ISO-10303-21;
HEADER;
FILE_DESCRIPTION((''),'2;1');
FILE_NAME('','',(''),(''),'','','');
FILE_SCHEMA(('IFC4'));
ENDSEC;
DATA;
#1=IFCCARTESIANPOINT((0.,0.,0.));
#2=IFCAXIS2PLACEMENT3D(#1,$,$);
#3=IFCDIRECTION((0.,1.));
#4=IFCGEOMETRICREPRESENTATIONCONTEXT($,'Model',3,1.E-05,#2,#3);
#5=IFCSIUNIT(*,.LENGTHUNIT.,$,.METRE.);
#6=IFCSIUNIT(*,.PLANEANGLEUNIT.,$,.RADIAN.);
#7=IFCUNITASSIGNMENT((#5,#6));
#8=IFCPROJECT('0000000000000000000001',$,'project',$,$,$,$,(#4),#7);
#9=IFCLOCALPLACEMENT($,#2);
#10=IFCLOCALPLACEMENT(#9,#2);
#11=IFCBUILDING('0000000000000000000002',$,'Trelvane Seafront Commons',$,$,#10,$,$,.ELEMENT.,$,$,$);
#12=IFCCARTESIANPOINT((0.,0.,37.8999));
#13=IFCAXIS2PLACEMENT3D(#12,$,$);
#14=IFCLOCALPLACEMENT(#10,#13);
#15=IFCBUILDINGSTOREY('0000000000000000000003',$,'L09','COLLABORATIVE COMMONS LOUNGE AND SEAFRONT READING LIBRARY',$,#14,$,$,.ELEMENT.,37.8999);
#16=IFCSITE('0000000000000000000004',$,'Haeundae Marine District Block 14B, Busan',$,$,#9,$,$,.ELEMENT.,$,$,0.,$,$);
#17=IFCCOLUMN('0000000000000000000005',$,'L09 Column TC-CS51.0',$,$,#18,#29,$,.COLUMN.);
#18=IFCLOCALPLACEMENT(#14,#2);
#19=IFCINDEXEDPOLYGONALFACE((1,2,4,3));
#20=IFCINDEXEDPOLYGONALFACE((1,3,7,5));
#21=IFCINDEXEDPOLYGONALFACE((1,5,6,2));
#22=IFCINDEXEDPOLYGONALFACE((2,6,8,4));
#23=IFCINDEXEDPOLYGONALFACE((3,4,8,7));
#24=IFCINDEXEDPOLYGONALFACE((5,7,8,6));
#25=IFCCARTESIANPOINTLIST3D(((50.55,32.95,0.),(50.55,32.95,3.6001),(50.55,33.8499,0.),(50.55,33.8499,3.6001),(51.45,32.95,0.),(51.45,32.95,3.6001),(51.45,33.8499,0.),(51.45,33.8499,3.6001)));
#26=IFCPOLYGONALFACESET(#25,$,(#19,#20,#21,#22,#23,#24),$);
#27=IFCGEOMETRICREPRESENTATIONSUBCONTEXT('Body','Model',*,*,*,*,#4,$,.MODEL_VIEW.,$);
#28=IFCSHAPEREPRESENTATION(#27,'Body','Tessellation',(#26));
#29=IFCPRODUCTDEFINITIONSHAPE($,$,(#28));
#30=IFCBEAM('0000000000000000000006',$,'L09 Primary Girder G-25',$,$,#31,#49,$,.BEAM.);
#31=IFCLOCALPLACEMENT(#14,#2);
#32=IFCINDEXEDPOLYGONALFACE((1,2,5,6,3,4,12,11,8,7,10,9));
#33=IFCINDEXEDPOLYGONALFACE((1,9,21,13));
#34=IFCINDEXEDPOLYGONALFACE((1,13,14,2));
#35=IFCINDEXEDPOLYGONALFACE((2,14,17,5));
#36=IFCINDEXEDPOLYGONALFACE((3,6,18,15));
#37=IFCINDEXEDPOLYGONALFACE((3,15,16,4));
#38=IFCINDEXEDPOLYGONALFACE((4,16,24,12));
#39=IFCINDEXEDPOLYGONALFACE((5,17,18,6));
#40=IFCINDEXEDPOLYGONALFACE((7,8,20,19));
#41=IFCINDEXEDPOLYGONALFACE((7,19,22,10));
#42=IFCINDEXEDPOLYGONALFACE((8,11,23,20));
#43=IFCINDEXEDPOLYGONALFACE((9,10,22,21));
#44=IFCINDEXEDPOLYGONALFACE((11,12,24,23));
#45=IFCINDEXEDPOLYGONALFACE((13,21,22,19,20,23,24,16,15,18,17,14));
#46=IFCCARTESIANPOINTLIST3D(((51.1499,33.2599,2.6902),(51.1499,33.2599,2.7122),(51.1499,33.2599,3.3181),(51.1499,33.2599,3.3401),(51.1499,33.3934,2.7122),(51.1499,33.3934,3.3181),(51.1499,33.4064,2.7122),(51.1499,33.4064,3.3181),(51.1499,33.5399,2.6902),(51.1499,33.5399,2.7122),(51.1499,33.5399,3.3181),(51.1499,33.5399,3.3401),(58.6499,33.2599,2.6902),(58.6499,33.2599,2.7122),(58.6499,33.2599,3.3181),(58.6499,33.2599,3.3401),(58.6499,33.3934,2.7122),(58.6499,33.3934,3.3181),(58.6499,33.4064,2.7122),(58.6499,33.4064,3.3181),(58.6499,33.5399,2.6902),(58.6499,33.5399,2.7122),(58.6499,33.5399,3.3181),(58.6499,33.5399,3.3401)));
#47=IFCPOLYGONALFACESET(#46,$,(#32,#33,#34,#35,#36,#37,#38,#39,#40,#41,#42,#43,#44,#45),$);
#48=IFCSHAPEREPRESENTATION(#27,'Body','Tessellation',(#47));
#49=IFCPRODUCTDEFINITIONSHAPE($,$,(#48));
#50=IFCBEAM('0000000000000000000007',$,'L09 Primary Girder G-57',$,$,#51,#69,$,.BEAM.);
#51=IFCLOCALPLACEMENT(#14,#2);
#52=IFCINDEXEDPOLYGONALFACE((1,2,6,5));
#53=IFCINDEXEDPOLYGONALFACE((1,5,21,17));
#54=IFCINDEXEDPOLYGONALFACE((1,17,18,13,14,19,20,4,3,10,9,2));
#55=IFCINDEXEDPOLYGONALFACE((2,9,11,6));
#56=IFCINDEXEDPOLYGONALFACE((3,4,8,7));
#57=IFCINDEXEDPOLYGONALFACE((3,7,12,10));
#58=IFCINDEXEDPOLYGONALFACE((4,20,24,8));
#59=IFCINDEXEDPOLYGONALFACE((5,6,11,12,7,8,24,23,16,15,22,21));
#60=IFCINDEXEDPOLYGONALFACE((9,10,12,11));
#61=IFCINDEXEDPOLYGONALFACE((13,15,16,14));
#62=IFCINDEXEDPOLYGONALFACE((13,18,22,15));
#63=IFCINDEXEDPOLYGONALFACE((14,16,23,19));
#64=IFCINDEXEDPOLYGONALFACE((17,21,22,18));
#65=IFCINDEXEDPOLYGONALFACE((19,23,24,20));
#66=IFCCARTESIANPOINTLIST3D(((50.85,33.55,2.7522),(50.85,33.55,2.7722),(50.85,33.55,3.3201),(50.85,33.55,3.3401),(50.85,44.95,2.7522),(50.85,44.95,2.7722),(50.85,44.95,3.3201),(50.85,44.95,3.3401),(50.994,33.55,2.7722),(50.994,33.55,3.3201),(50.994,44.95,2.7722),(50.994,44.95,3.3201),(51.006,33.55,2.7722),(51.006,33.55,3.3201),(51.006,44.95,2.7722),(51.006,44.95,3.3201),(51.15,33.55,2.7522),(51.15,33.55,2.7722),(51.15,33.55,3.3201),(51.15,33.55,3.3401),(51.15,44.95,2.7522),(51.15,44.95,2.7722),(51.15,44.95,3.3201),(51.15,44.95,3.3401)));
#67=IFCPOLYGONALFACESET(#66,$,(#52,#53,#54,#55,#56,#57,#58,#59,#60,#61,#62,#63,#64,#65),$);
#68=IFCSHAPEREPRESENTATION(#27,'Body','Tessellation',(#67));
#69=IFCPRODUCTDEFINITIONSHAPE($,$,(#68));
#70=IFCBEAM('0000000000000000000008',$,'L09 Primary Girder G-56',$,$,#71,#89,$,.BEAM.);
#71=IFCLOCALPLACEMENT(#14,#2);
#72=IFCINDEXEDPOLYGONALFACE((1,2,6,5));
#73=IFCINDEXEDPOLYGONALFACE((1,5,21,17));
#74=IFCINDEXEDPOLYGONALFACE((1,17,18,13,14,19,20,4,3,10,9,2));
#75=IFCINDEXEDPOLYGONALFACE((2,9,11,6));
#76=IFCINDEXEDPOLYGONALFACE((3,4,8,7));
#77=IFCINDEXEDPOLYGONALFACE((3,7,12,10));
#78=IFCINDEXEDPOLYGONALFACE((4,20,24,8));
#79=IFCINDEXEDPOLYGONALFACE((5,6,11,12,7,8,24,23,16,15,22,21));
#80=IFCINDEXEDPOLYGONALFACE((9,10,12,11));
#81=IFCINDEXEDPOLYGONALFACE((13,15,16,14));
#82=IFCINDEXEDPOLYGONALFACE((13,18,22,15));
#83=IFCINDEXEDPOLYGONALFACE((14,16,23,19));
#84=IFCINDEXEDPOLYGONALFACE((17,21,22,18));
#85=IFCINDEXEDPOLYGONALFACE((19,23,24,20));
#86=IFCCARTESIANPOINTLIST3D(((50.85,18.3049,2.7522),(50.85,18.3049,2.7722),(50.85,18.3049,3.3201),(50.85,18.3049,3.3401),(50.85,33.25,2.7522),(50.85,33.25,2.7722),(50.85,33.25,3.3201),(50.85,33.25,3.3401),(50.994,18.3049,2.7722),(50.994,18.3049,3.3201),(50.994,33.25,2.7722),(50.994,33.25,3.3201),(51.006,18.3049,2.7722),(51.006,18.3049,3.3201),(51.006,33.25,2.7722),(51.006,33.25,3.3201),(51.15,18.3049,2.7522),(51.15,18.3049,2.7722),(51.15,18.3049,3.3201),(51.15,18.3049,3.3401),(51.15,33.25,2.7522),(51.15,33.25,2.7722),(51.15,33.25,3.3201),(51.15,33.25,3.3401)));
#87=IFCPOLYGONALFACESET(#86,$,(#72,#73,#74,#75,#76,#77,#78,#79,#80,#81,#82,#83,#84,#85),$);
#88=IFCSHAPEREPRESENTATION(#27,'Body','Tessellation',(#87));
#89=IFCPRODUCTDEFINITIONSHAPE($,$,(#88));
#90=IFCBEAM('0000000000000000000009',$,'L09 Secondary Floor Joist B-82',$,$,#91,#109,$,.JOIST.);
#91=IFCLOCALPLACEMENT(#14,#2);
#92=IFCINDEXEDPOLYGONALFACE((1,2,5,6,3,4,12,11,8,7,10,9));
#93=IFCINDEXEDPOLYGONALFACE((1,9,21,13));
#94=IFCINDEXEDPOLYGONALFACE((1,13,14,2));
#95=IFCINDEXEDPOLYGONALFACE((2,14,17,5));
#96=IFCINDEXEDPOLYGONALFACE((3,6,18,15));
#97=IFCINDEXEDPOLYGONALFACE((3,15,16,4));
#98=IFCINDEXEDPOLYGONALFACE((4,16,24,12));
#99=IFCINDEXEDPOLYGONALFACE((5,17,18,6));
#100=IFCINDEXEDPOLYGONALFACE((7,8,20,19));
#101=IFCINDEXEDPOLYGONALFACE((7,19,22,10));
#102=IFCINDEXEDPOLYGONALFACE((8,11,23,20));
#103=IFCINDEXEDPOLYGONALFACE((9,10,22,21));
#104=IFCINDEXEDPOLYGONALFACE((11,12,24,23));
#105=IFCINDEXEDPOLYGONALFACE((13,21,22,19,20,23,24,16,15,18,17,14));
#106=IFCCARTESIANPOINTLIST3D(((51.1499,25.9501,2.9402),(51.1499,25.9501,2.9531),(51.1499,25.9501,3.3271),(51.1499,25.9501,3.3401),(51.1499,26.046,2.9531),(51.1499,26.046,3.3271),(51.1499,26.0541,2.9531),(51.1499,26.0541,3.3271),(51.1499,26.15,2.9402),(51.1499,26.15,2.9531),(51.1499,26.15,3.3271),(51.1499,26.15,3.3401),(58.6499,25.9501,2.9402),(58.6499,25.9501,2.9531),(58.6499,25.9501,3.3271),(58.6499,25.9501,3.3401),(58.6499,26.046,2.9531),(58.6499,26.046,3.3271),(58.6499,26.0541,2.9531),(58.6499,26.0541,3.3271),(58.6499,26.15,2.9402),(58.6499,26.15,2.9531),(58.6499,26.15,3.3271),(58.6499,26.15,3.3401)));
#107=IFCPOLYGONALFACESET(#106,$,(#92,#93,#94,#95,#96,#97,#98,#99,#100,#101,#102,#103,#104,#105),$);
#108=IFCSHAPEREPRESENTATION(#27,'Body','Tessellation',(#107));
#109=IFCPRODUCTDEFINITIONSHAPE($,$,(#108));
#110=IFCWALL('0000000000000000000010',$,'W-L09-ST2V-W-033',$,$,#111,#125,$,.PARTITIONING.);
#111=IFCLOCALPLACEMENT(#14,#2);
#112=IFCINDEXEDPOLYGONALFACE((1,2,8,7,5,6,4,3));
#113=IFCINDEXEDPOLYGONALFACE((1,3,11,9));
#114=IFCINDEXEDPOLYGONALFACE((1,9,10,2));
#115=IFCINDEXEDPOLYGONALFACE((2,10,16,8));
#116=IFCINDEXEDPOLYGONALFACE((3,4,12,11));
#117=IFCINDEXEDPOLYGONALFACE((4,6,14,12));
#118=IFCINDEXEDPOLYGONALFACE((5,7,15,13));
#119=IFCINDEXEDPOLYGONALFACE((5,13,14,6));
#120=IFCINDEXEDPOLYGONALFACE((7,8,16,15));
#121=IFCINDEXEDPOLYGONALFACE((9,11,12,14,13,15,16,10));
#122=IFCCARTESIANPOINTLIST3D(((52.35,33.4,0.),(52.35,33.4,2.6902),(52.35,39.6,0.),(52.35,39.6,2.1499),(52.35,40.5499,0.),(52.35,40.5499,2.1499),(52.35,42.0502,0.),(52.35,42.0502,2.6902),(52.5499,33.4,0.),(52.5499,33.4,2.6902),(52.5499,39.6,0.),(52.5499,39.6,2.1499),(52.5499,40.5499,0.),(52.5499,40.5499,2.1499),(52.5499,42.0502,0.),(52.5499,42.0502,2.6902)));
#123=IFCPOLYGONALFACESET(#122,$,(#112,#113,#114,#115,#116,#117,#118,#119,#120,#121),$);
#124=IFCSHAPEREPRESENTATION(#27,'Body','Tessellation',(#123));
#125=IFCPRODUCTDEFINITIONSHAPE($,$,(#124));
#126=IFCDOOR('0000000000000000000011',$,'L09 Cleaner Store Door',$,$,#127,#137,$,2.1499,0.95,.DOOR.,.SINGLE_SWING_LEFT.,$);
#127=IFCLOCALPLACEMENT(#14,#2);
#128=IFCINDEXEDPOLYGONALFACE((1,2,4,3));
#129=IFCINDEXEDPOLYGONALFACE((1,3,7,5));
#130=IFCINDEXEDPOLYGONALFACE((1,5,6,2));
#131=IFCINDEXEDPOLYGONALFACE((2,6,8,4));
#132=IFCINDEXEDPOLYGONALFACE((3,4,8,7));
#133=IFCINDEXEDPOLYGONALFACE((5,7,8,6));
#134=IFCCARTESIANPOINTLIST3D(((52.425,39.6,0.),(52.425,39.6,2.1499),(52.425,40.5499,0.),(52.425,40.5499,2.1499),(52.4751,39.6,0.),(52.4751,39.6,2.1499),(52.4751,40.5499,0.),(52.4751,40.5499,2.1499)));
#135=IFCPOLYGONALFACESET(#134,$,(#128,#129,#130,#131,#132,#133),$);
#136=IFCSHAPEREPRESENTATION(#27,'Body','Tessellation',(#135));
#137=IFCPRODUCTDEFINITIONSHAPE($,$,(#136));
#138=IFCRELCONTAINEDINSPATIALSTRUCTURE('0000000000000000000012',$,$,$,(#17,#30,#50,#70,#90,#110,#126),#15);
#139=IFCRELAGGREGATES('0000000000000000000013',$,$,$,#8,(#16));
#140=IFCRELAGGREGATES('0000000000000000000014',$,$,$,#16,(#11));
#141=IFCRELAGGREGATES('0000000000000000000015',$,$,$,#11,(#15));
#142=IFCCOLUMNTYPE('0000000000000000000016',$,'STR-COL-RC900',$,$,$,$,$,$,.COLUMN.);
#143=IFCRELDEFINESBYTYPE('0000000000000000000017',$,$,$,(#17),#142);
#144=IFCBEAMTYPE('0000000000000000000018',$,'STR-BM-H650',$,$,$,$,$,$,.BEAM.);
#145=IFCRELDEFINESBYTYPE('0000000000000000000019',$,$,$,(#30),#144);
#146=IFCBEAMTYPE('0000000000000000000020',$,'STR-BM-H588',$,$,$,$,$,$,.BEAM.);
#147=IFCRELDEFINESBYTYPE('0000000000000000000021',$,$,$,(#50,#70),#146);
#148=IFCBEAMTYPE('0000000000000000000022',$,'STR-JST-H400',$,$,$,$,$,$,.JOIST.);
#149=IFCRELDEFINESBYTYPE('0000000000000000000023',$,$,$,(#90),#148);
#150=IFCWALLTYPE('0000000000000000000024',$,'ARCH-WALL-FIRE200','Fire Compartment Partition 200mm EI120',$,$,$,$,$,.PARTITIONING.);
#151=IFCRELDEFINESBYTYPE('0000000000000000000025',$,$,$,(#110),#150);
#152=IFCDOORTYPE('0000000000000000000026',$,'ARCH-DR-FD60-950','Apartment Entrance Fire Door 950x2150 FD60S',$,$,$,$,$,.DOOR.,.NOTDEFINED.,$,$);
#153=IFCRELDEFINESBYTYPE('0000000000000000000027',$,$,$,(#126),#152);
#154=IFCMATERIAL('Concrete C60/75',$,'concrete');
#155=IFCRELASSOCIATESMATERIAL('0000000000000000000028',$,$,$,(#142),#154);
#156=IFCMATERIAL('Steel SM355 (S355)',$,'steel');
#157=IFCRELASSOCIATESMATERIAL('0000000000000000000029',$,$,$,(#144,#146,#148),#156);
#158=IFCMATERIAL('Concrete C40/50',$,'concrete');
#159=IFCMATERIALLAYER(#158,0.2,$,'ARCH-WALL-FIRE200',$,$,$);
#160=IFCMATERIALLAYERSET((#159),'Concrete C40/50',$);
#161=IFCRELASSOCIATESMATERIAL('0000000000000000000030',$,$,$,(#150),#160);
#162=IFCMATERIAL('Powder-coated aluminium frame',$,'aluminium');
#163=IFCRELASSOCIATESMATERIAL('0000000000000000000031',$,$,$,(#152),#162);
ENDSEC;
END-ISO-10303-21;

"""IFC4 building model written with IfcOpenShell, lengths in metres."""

from ifc_helpers import new_model, si_unit, direction, frame, frame_2d, origin, origin_2d, place, context, subcontext, project, spatial, rectangle, i_section, extrude, source, transform, mapped, material, layer, layer_set, material_profile, profile_set, type_object, element, fill, save


model = new_model("IFC4")

# Units and contexts
model_context = context("Model", 3, precision=1e-05, world=origin(), true_north=direction((0.0, 1.0)))
body_context = subcontext(model_context, "Body", "Model", "MODEL_VIEW")
ifc_project = project(units=[si_unit("LENGTHUNIT", "METRE"), si_unit("PLANEANGLEUNIT", "RADIAN")], contexts=[model_context])

# Site, building, storey
site_placement = place(None, origin())
site = spatial("IfcSite", under=ifc_project, at=site_placement, Name="Haeundae Marine District Block 14B, Busan", CompositionType="ELEMENT", RefElevation=0.0)
building_placement = place(site_placement, origin())
building = spatial("IfcBuilding", under=site, at=building_placement, Name="Trelvane Seafront Commons", CompositionType="ELEMENT")
storey_placement = place(building_placement, frame((0.0, 0.0, 37.8999)))
storey = spatial("IfcBuildingStorey", under=building, at=storey_placement, Name="L09", Description="COLLABORATIVE COMMONS LOUNGE AND SEAFRONT READING LIBRARY", CompositionType="ELEMENT", Elevation=37.8999)

# Column
ifc_material_1 = material(Name="Concrete C60/75", Category="concrete")
ifc_material_profile_1 = material_profile(ifc_material_1, rectangle(XDim=0.8999, YDim=0.8999, at=origin_2d()), Name="RC-900x900")
ifc_profile_set_1 = profile_set([ifc_material_profile_1], Name="Concrete C60/75")
column_type = type_object("IfcColumnType", Name="STR-COL-RC900", PredefinedType="COLUMN", material=ifc_profile_set_1)
shared_shape_1 = source(origin(), body_context, "Body", "SweptSolid", [
    extrude(rectangle(XDim=0.8999, YDim=0.8999, at=origin_2d()), origin(), (0.0, 0.0, 1.0), 3.6001),
])
column_placement = place(storey_placement, frame((51.0, 33.3999, 0.0), z_axis=(0.0, 0.0, 1.0), x_axis=(1.0, 0.0, 0.0)))
element("IfcColumn", 1, at=column_placement, inside=storey, type_object=column_type, Name="L09 Column TC-CS51.0", PredefinedType="COLUMN", context=body_context, shape_type="MappedRepresentation", body=[
    mapped(shared_shape_1, transform((0.0, 0.0, 0.0), x_axis=(1.0, 0.0, 0.0), y_axis=(0.0, 1.0, 0.0), z_axis=(0.0, 0.0, 1.0), scale=1.0)),
])

# Beams
ifc_material_2 = material(Name="Steel SM355 (S355)", Category="steel")
ifc_material_profile_2 = material_profile(ifc_material_2, i_section(OverallWidth=0.28, OverallDepth=0.6499, WebThickness=0.0129, FlangeThickness=0.022, at=origin_2d()), Name="H-650x280x13x22")
ifc_profile_set_2 = profile_set([ifc_material_profile_2], Name="Steel SM355 (S355)")
beam_type_1 = type_object("IfcBeamType", Name="STR-BM-H650", PredefinedType="BEAM", material=ifc_profile_set_2)
shared_shape_2 = source(origin(), body_context, "Body", "SweptSolid", [
    extrude(i_section(OverallWidth=0.28, OverallDepth=0.6499, WebThickness=0.0129, FlangeThickness=0.022, at=origin_2d()), origin(), (0.0, 0.0, 1.0), 7.5),
])
beam_1_placement = place(storey_placement, frame((51.1499, 33.3999, 3.0151), z_axis=(1.0, 0.0, 0.0), x_axis=(0.0, 1.0, 0.0)))
element("IfcBeam", 2, at=beam_1_placement, inside=storey, type_object=beam_type_1, Name="L09 Primary Girder G-25", PredefinedType="BEAM", context=body_context, shape_type="MappedRepresentation", body=[
    mapped(shared_shape_2, transform((0.0, 0.0, 0.0), x_axis=(1.0, 0.0, 0.0), y_axis=(0.0, 1.0, 0.0), z_axis=(0.0, 0.0, 1.0), scale=1.0)),
])
ifc_material_profile_3 = material_profile(ifc_material_2, i_section(OverallWidth=0.3, OverallDepth=0.5879, WebThickness=0.012, FlangeThickness=0.02, at=origin_2d()), Name="H-588x300x12x20")
ifc_profile_set_3 = profile_set([ifc_material_profile_3], Name="Steel SM355 (S355)")
beam_type_2 = type_object("IfcBeamType", Name="STR-BM-H588", PredefinedType="BEAM", material=ifc_profile_set_3)
shared_shape_3 = source(origin(), body_context, "Body", "SweptSolid", [
    extrude(i_section(OverallWidth=0.3, OverallDepth=0.5879, WebThickness=0.012, FlangeThickness=0.02, at=origin_2d()), origin(), (0.0, 0.0, 1.0), 11.3999),
])
beam_2_placement = place(storey_placement, frame((51.0, 33.55, 3.0461), z_axis=(0.0, 1.0, 0.0), x_axis=(-1.0, 0.0, 0.0)))
element("IfcBeam", 3, at=beam_2_placement, inside=storey, type_object=beam_type_2, Name="L09 Primary Girder G-57", PredefinedType="BEAM", context=body_context, shape_type="MappedRepresentation", body=[
    mapped(shared_shape_3, transform((0.0, 0.0, 0.0), x_axis=(1.0, 0.0, 0.0), y_axis=(0.0, 1.0, 0.0), z_axis=(0.0, 0.0, 1.0), scale=1.0)),
])
shared_shape_4 = source(origin(), body_context, "Body", "SweptSolid", [
    extrude(i_section(OverallWidth=0.3, OverallDepth=0.5879, WebThickness=0.012, FlangeThickness=0.02, at=origin_2d()), origin(), (0.0, 0.0, 1.0), 14.9451),
])
beam_3_placement = place(storey_placement, frame((51.0, 18.3049, 3.0461), z_axis=(0.0, 1.0, 0.0), x_axis=(-1.0, 0.0, 0.0)))
element("IfcBeam", 4, at=beam_3_placement, inside=storey, type_object=beam_type_2, Name="L09 Primary Girder G-56", PredefinedType="BEAM", context=body_context, shape_type="MappedRepresentation", body=[
    mapped(shared_shape_4, transform((0.0, 0.0, 0.0), x_axis=(1.0, 0.0, 0.0), y_axis=(0.0, 1.0, 0.0), z_axis=(0.0, 0.0, 1.0), scale=1.0)),
])
ifc_material_profile_4 = material_profile(ifc_material_2, i_section(OverallWidth=0.2, OverallDepth=0.3999, WebThickness=0.0081, FlangeThickness=0.0129, at=origin_2d()), Name="H-400x200x8x13")
ifc_profile_set_4 = profile_set([ifc_material_profile_4], Name="Steel SM355 (S355)")
beam_type_3 = type_object("IfcBeamType", Name="STR-JST-H400", PredefinedType="JOIST", material=ifc_profile_set_4)
shared_shape_5 = source(origin(), body_context, "Body", "SweptSolid", [
    extrude(i_section(OverallWidth=0.2, OverallDepth=0.3999, WebThickness=0.0081, FlangeThickness=0.0129, at=origin_2d()), origin(), (0.0, 0.0, 1.0), 7.5),
])
beam_4_placement = place(storey_placement, frame((51.1499, 26.05, 3.1401), z_axis=(1.0, 0.0, 0.0), x_axis=(0.0, 1.0, 0.0)))
element("IfcBeam", 5, at=beam_4_placement, inside=storey, type_object=beam_type_3, Name="L09 Secondary Floor Joist B-82", PredefinedType="JOIST", context=body_context, shape_type="MappedRepresentation", body=[
    mapped(shared_shape_5, transform((0.0, 0.0, 0.0), x_axis=(1.0, 0.0, 0.0), y_axis=(0.0, 1.0, 0.0), z_axis=(0.0, 0.0, 1.0), scale=1.0)),
])

# Wall, opening, door
ifc_material_3 = material(Name="Concrete C40/50", Category="concrete")
ifc_layer_1 = layer(ifc_material_3, 0.2, Name="ARCH-WALL-FIRE200")
ifc_layer_set_1 = layer_set([ifc_layer_1], Name="Concrete C40/50")
wall_type_1 = type_object("IfcWallType", Name="ARCH-WALL-FIRE200", Description="Fire Compartment Partition 200mm EI120", PredefinedType="PARTITIONING", material=ifc_layer_set_1)
wall_1_placement = place(storey_placement, frame((52.45, 33.3999, 0.0), z_axis=(0.0, 0.0, 1.0), x_axis=(0.0, 1.0, 0.0)))
wall_1 = element("IfcWall", 6, at=wall_1_placement, inside=storey, type_object=wall_type_1, Name="W-L09-ST2V-W-033", PredefinedType="PARTITIONING", context=body_context, shape_type="SweptSolid", body=[
    extrude(rectangle(XDim=8.6501, YDim=0.2, at=frame_2d((4.3252, 0.0))), origin(), (0.0, 0.0, 1.0), 2.6902),
])
opening_1_placement = place(wall_1_placement, frame((6.2, 0.0, 0.0)))
opening_1 = element("IfcOpeningElement", 7, at=opening_1_placement, cuts=wall_1, PredefinedType="OPENING", context=body_context, shape_type="SweptSolid", body=[
    extrude(rectangle(XDim=0.95, YDim=2.1499, at=frame_2d((0.4751, 1.075))), frame((0.0, 0.1099, 0.0), z_axis=(0.0, -1.0, 0.0), x_axis=(1.0, 0.0, 0.0)), (0.0, 0.0, 1.0), 0.22),
])
ifc_material_4 = material(Name="Powder-coated aluminium frame", Category="aluminium")
door_type_1 = type_object("IfcDoorType", Name="ARCH-DR-FD60-950", Description="Apartment Entrance Fire Door 950x2150 FD60S", OperationType="NOTDEFINED", PredefinedType="DOOR", material=ifc_material_4)
shared_shape_6 = source(origin(), body_context, "Body", "SweptSolid", [
    extrude(rectangle(XDim=0.95, YDim=2.1499, at=frame_2d((0.4751, 1.075))), frame((0.0, 0.0249, 0.0), z_axis=(0.0, -1.0, 0.0), x_axis=(1.0, 0.0, 0.0)), (0.0, 0.0, 1.0), 0.05),
])
door_1_placement = place(opening_1_placement, origin())
door_1 = element("IfcDoor", 8, at=door_1_placement, inside=storey, type_object=door_type_1, Name="L09 Cleaner Store Door", OperationType="SINGLE_SWING_LEFT", OverallHeight=2.1499, OverallWidth=0.95, PredefinedType="DOOR", context=body_context, shape_type="MappedRepresentation", body=[
    mapped(shared_shape_6, transform((0.0, 0.0, 0.0), x_axis=(1.0, 0.0, 0.0), y_axis=(0.0, 1.0, 0.0), z_axis=(0.0, 0.0, 1.0), scale=1.0)),
])
fill(opening_1, door_1)

save(model, "model.ifc")
